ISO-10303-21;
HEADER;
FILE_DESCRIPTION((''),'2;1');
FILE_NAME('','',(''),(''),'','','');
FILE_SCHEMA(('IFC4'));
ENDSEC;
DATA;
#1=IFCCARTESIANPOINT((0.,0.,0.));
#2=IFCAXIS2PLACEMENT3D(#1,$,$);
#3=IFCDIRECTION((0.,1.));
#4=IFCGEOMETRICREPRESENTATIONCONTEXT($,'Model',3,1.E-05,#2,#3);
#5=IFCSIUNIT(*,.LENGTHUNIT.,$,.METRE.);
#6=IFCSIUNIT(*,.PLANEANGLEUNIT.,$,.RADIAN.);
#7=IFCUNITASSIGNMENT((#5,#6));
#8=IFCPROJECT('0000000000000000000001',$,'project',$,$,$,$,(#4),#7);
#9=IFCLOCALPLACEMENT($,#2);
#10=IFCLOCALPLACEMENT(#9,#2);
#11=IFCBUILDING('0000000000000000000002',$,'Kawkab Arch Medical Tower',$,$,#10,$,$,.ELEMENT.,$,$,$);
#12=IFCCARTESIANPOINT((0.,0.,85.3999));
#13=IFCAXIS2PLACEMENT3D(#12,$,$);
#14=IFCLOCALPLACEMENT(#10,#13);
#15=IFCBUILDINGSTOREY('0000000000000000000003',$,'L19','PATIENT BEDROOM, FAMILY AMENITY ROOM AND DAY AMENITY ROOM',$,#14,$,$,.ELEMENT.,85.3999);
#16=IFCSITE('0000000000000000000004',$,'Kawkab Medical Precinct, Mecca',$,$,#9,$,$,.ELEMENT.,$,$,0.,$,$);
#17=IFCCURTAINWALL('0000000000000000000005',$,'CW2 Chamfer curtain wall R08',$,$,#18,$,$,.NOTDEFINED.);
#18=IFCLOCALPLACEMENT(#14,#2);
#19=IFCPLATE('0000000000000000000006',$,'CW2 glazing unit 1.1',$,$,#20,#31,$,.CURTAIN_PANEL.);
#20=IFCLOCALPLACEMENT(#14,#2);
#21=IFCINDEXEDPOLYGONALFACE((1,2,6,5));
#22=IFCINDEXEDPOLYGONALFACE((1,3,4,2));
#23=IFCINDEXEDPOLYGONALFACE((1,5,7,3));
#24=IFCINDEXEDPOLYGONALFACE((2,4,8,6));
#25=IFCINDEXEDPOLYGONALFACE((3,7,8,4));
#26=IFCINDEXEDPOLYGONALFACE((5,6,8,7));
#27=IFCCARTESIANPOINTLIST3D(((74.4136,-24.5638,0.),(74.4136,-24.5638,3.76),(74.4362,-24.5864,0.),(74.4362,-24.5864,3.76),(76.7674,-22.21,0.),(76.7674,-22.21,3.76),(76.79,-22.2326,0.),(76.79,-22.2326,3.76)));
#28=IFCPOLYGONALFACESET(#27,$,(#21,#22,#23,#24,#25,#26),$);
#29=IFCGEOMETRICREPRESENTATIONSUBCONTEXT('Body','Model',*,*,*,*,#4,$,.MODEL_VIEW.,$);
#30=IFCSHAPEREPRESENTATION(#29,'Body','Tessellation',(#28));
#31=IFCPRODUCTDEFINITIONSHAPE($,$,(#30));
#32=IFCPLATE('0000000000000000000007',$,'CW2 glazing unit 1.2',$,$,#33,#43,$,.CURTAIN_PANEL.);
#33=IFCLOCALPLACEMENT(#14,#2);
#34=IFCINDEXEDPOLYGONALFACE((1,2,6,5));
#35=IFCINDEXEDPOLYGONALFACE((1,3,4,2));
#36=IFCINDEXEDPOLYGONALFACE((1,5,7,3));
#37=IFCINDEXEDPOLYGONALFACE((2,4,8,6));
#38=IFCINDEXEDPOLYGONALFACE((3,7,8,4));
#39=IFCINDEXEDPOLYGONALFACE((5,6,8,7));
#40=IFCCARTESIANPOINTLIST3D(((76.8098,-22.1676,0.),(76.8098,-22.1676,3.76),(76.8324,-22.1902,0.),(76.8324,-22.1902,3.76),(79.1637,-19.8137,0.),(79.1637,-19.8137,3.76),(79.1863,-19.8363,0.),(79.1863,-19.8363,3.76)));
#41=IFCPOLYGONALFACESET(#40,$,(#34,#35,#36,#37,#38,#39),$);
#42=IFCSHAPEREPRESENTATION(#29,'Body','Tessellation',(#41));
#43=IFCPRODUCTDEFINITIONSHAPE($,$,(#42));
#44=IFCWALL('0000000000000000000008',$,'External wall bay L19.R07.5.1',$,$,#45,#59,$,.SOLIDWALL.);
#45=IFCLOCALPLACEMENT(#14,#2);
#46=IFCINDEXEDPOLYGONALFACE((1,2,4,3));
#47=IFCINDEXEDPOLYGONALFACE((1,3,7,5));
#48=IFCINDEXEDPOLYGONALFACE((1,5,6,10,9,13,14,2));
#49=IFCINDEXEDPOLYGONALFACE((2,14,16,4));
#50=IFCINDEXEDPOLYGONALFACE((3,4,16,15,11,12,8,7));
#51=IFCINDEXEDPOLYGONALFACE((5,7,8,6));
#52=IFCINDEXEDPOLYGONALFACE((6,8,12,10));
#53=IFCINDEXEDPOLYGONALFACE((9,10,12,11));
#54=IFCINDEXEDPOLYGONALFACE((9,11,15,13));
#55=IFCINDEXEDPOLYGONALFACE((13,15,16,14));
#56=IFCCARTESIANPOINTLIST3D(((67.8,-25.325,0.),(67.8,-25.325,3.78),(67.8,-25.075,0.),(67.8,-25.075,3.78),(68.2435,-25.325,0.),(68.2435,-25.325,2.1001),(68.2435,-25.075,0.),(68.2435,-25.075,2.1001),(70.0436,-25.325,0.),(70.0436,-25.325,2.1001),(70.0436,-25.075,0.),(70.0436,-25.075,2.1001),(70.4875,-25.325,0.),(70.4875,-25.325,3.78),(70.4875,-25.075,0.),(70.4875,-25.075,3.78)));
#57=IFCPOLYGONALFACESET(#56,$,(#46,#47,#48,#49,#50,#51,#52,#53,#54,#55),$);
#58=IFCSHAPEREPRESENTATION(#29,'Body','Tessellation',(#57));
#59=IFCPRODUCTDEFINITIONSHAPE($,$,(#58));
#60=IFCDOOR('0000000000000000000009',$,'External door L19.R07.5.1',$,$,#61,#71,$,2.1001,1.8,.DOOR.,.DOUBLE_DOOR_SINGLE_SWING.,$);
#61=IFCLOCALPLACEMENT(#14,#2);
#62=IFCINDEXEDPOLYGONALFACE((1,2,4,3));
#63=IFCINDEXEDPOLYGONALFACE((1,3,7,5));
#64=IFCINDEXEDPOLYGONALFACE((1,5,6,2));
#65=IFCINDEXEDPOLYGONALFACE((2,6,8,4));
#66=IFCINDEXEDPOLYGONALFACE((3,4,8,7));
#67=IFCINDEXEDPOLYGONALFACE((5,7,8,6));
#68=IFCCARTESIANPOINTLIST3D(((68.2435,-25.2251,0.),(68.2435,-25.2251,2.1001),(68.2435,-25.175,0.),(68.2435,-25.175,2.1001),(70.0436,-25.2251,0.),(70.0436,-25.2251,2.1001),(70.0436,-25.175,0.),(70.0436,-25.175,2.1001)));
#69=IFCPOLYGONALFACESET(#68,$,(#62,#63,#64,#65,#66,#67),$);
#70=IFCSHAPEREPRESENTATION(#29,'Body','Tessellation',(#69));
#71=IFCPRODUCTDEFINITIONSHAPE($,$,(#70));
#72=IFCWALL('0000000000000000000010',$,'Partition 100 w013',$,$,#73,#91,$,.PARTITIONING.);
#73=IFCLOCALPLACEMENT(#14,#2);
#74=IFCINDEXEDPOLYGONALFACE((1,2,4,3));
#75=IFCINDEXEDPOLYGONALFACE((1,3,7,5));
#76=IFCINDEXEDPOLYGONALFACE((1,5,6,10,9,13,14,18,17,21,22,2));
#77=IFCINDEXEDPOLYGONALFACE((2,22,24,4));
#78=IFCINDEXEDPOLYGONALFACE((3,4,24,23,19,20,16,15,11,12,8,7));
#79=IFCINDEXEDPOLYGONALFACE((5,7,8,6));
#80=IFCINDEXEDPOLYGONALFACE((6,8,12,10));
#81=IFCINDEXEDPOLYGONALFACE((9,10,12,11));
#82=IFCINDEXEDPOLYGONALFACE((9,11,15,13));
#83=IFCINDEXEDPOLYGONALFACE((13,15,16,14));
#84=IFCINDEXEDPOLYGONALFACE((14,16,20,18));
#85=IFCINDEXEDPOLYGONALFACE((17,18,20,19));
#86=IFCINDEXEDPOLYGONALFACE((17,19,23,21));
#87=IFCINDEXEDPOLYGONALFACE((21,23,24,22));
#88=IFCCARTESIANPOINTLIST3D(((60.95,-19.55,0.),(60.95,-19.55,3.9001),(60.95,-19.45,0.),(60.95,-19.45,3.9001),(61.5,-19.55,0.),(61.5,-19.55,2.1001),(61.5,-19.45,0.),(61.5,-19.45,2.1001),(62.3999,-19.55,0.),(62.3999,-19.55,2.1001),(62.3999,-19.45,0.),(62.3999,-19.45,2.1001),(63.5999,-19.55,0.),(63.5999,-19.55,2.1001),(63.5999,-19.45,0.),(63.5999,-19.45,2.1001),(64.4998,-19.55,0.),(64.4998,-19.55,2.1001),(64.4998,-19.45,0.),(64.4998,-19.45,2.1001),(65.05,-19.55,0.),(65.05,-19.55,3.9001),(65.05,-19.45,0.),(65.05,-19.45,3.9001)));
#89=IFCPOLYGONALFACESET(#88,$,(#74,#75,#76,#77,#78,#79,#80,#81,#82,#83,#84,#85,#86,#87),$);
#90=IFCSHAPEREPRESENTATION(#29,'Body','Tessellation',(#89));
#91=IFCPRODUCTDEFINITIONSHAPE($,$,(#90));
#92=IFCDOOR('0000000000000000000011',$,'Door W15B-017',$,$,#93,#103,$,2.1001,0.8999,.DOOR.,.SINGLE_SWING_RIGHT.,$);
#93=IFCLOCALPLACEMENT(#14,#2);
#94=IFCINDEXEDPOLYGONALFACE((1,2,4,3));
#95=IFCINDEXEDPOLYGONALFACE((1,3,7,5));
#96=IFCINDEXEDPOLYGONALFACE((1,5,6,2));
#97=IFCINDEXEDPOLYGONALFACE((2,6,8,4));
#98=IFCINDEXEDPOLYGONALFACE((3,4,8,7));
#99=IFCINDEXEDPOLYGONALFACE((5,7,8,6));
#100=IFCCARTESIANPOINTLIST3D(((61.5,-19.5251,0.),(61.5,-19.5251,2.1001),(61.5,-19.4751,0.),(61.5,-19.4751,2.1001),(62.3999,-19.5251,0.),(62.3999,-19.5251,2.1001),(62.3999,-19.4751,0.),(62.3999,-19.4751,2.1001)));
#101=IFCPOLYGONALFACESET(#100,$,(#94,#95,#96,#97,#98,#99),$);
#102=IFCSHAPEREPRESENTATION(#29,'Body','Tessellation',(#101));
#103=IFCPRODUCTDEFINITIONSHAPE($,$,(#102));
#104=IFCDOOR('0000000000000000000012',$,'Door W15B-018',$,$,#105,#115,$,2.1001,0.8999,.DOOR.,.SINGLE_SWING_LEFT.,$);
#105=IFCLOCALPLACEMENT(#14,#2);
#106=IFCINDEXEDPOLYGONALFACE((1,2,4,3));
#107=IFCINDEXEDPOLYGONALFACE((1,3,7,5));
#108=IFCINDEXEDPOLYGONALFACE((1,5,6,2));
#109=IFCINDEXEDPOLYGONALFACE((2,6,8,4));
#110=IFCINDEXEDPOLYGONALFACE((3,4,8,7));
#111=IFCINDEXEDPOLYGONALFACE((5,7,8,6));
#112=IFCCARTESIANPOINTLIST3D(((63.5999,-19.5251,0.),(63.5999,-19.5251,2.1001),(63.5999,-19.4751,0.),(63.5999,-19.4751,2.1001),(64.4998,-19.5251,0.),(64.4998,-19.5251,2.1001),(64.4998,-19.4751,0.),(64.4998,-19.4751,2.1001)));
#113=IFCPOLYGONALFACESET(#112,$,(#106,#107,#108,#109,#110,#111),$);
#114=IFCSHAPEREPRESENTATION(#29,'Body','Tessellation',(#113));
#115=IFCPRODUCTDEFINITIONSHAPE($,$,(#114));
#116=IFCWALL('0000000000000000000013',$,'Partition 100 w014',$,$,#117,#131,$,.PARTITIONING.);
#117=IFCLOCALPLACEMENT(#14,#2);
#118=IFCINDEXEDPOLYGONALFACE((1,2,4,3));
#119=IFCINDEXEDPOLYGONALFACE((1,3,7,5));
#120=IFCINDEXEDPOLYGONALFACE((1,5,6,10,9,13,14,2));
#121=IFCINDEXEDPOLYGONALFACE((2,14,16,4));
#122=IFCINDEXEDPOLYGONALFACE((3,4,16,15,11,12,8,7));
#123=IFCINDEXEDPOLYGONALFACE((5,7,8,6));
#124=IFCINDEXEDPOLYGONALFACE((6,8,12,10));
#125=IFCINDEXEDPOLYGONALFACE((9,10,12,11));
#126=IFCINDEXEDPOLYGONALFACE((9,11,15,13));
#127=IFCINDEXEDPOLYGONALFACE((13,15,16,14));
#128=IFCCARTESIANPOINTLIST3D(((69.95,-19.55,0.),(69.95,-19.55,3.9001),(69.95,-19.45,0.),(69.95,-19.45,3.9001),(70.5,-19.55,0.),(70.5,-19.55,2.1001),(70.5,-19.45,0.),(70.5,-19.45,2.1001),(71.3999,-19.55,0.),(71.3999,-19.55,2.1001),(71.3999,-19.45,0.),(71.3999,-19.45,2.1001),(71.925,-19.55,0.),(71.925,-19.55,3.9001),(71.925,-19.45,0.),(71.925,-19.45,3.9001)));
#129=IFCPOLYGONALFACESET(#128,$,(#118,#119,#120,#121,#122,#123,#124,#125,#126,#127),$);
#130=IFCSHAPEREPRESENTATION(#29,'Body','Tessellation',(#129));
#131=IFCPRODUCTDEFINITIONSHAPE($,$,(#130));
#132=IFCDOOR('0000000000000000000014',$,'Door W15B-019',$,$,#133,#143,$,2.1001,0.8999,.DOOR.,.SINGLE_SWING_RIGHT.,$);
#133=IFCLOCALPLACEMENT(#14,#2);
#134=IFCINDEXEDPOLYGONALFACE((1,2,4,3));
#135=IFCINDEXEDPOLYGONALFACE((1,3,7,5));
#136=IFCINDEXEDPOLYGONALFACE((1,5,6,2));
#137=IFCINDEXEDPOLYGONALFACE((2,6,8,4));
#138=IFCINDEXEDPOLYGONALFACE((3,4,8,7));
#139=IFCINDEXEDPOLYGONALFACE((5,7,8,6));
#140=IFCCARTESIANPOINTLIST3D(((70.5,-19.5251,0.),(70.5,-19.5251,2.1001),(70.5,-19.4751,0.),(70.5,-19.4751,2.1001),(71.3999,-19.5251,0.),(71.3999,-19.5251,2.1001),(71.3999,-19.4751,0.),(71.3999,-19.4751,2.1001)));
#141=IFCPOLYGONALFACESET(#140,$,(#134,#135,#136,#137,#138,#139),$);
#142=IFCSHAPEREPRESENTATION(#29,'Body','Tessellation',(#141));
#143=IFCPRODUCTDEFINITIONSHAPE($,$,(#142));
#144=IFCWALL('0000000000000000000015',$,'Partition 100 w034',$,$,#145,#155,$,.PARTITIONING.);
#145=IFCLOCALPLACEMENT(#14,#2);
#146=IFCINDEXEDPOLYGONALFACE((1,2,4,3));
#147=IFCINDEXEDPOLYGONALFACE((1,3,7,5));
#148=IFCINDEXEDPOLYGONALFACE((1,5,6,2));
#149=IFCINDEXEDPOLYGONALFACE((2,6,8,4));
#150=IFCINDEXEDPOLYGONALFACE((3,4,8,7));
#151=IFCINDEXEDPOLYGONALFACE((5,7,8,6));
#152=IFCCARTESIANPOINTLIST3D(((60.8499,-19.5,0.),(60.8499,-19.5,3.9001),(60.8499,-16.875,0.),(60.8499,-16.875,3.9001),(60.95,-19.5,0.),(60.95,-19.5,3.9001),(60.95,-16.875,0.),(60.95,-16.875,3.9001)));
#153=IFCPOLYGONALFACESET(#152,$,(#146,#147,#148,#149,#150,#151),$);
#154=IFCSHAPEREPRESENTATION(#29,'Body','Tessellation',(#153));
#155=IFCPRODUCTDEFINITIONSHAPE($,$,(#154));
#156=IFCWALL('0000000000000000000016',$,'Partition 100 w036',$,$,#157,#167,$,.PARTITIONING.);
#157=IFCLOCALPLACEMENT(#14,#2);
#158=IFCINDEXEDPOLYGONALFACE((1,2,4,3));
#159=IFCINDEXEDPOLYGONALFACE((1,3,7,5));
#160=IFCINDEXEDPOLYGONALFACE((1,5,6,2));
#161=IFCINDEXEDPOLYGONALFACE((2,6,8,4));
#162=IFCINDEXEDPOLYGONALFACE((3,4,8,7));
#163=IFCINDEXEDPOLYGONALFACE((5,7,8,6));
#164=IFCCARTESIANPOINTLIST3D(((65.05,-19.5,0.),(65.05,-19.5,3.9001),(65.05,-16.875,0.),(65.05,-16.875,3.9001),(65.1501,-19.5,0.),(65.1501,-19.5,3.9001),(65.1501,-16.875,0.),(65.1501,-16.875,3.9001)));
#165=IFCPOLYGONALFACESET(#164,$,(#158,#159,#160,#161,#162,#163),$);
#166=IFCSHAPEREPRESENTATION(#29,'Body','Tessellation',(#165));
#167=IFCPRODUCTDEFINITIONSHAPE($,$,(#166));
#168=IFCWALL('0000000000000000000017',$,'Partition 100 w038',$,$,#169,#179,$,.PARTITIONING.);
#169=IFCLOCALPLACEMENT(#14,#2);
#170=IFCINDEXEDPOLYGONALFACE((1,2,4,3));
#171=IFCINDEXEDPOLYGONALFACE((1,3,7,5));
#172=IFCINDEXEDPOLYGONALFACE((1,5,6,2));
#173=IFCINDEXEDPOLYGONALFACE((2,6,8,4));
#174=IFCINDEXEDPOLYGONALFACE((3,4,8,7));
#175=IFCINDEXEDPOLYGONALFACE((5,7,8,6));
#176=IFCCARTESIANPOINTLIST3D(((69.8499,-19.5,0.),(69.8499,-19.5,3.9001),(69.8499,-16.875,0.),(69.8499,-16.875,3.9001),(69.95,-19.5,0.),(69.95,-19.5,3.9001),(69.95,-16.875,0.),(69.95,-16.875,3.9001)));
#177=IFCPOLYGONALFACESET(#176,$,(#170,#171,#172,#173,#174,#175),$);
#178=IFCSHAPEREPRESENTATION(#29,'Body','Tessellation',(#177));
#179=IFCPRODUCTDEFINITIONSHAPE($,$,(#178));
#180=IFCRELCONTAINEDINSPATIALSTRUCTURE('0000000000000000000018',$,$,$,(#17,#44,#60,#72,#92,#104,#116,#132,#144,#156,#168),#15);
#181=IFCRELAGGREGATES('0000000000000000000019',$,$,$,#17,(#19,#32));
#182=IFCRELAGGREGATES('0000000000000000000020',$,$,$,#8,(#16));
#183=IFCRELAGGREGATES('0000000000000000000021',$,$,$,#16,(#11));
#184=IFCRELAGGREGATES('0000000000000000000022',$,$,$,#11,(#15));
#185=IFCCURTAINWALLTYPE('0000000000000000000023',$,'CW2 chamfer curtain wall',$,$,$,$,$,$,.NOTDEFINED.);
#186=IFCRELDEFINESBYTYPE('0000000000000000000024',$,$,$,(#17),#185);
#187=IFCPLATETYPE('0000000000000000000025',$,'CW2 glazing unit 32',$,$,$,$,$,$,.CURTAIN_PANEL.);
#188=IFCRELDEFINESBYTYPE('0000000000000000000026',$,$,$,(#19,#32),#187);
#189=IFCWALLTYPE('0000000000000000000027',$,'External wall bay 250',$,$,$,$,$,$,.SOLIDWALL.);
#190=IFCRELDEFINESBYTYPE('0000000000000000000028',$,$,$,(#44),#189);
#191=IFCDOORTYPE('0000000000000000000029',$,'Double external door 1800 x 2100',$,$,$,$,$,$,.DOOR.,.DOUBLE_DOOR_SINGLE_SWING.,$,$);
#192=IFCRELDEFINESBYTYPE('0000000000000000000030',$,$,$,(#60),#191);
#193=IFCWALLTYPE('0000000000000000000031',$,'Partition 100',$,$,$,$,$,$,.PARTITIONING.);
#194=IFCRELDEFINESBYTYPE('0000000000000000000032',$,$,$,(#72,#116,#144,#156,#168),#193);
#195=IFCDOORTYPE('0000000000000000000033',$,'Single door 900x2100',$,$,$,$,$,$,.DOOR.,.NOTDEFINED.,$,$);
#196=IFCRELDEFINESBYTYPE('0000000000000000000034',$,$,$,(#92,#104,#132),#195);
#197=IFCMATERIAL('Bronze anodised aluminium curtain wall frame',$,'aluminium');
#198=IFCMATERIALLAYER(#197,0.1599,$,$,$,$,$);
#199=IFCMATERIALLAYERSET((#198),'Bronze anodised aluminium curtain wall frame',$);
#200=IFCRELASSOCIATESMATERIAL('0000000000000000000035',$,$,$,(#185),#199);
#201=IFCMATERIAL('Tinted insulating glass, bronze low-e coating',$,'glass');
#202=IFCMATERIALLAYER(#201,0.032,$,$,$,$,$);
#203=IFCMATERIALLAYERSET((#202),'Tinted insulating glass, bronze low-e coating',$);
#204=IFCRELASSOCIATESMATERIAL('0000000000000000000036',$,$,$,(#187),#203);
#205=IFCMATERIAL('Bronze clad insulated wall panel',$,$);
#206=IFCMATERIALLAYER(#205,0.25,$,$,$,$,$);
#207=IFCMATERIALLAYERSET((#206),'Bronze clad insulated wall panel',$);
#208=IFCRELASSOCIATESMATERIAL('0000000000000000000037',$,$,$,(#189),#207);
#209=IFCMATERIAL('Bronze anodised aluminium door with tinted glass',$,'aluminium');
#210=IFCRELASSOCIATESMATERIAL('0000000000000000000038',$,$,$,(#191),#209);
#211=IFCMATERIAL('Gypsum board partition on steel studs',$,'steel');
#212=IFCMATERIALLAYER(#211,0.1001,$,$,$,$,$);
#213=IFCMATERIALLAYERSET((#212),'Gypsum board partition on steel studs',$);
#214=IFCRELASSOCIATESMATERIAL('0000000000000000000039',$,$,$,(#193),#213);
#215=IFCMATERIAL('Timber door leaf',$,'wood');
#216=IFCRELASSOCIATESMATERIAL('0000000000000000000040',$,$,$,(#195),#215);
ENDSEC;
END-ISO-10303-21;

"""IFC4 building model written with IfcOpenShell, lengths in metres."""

from ifc_helpers import new_model, si_unit, direction, frame, frame_2d, origin, origin_2d, place, context, subcontext, project, spatial, rectangle, extrude, material, layer, layer_set, type_object, element, fill, aggregate, save


model = new_model("IFC4")

# Units and contexts
model_context = context("Model", 3, precision=1e-05, world=origin(), true_north=direction((0.0, 1.0)))
body_context = subcontext(model_context, "Body", "Model", "MODEL_VIEW")
ifc_project = project(units=[si_unit("LENGTHUNIT", "METRE"), si_unit("PLANEANGLEUNIT", "RADIAN")], contexts=[model_context])

# Site, building, storey
site_placement = place(None, origin())
site = spatial("IfcSite", under=ifc_project, at=site_placement, Name="Kawkab Medical Precinct, Mecca", CompositionType="ELEMENT", RefElevation=0.0)
building_placement = place(site_placement, origin())
building = spatial("IfcBuilding", under=site, at=building_placement, Name="Kawkab Arch Medical Tower", CompositionType="ELEMENT")
storey_placement = place(building_placement, frame((0.0, 0.0, 85.3999)))
storey = spatial("IfcBuildingStorey", under=building, at=storey_placement, Name="L19", Description="PATIENT BEDROOM, FAMILY AMENITY ROOM AND DAY AMENITY ROOM", CompositionType="ELEMENT", Elevation=85.3999)

# Shared definitions
placement = place(storey_placement, origin())

# Curtain wall
ifc_material_1 = material(Name="Bronze anodised aluminium curtain wall frame", Category="aluminium")
ifc_layer_1 = layer(ifc_material_1, 0.1599)
ifc_layer_set_1 = layer_set([ifc_layer_1], Name="Bronze anodised aluminium curtain wall frame")
curtain_wall_type_1 = type_object("IfcCurtainWallType", Name="CW2 chamfer curtain wall", PredefinedType="NOTDEFINED", material=ifc_layer_set_1)
curtain_wall_1 = element("IfcCurtainWall", 1, at=placement, inside=storey, type_object=curtain_wall_type_1, Name="CW2 Chamfer curtain wall R08", PredefinedType="NOTDEFINED")

# Plates
ifc_material_2 = material(Name="Tinted insulating glass, bronze low-e coating", Category="glass")
ifc_layer_2 = layer(ifc_material_2, 0.032)
ifc_layer_set_2 = layer_set([ifc_layer_2], Name="Tinted insulating glass, bronze low-e coating")
plate_type_1 = type_object("IfcPlateType", Name="CW2 glazing unit 32", PredefinedType="CURTAIN_PANEL", material=ifc_layer_set_2)
plate_1_placement = place(storey_placement, frame((75.6018, -23.3982, 0.0), z_axis=(0.0, 0.0, 1.0), x_axis=(0.707107, 0.707107, 0.0)))
plate_1 = element("IfcPlate", 2, at=plate_1_placement, type_object=plate_type_1, Name="CW2 glazing unit 1.1", PredefinedType="CURTAIN_PANEL", context=body_context, shape_type="SweptSolid", body=[
    extrude(rectangle(XDim=3.3289, YDim=0.032, at=origin_2d()), origin(), (0.0, 0.0, 1.0), 3.76),
])
plate_2_placement = place(storey_placement, frame((77.998, -21.002, 0.0), z_axis=(0.0, 0.0, 1.0), x_axis=(0.707107, 0.707107, 0.0)))
plate_2 = element("IfcPlate", 3, at=plate_2_placement, type_object=plate_type_1, Name="CW2 glazing unit 1.2", PredefinedType="CURTAIN_PANEL", context=body_context, shape_type="SweptSolid", body=[
    extrude(rectangle(XDim=3.3289, YDim=0.032, at=origin_2d()), origin(), (0.0, 0.0, 1.0), 3.76),
])
aggregate(curtain_wall_1, [plate_1, plate_2])

# Wall, opening, door
ifc_material_3 = material(Name="Bronze clad insulated wall panel")
ifc_layer_3 = layer(ifc_material_3, 0.25)
ifc_layer_set_3 = layer_set([ifc_layer_3], Name="Bronze clad insulated wall panel")
wall_type_1 = type_object("IfcWallType", Name="External wall bay 250", PredefinedType="SOLIDWALL", material=ifc_layer_set_3)
wall_1_placement = place(storey_placement, frame((67.8, -25.2, 0.0), z_axis=(0.0, 0.0, 1.0), x_axis=(1.0, 0.0, 0.0)))
wall_1 = element("IfcWall", 4, at=wall_1_placement, inside=storey, type_object=wall_type_1, Name="External wall bay L19.R07.5.1", PredefinedType="SOLIDWALL", context=body_context, shape_type="SweptSolid", body=[
    extrude(rectangle(XDim=2.6875, YDim=0.25, at=frame_2d((1.3438, 0.0))), origin(), (0.0, 0.0, 1.0), 3.78),
])
opening_1_placement = place(wall_1_placement, frame((0.4436, 0.0, 0.0)))
opening_1 = element("IfcOpeningElement", 5, at=opening_1_placement, cuts=wall_1, PredefinedType="OPENING", context=body_context, shape_type="SweptSolid", body=[
    extrude(rectangle(XDim=1.8, YDim=2.1001, at=frame_2d((0.8999, 1.05))), frame((0.0, 0.135, 0.0), z_axis=(0.0, -1.0, 0.0), x_axis=(1.0, 0.0, 0.0)), (0.0, 0.0, 1.0), 0.27),
])
ifc_material_4 = material(Name="Bronze anodised aluminium door with tinted glass", Category="aluminium")
door_type_1 = type_object("IfcDoorType", Name="Double external door 1800 x 2100", OperationType="DOUBLE_DOOR_SINGLE_SWING", PredefinedType="DOOR", material=ifc_material_4)
door_1_placement = place(opening_1_placement, origin())
door_1 = element("IfcDoor", 6, at=door_1_placement, inside=storey, type_object=door_type_1, Name="External door L19.R07.5.1", OperationType="DOUBLE_DOOR_SINGLE_SWING", OverallHeight=2.1001, OverallWidth=1.8, PredefinedType="DOOR", context=body_context, shape_type="SweptSolid", body=[
    extrude(rectangle(XDim=1.8, YDim=2.1001, at=frame_2d((0.8999, 1.05))), frame((0.0, 0.0249, 0.0), z_axis=(0.0, -1.0, 0.0), x_axis=(1.0, 0.0, 0.0)), (0.0, 0.0, 1.0), 0.05),
])
fill(opening_1, door_1)

# Wall, openings, doors
ifc_material_5 = material(Name="Gypsum board partition on steel studs", Category="steel")
ifc_layer_4 = layer(ifc_material_5, 0.1001)
ifc_layer_set_4 = layer_set([ifc_layer_4], Name="Gypsum board partition on steel studs")
wall_type_2 = type_object("IfcWallType", Name="Partition 100", PredefinedType="PARTITIONING", material=ifc_layer_set_4)
wall_2_placement = place(storey_placement, frame((60.95, -19.5, 0.0), z_axis=(0.0, 0.0, 1.0), x_axis=(1.0, 0.0, 0.0)))
wall_2 = element("IfcWall", 7, at=wall_2_placement, inside=storey, type_object=wall_type_2, Name="Partition 100 w013", PredefinedType="PARTITIONING", context=body_context, shape_type="SweptSolid", body=[
    extrude(rectangle(XDim=4.1001, YDim=0.1001, at=frame_2d((2.05, 0.0))), origin(), (0.0, 0.0, 1.0), 3.9001),
])
opening_2_placement = place(wall_2_placement, frame((0.55, 0.0, 0.0)))
opening_2 = element("IfcOpeningElement", 8, at=opening_2_placement, cuts=wall_2, PredefinedType="OPENING", context=body_context, shape_type="SweptSolid", body=[
    extrude(rectangle(XDim=0.8999, YDim=2.1001, at=frame_2d((0.45, 1.05))), frame((0.0, 0.0601, 0.0), z_axis=(0.0, -1.0, 0.0), x_axis=(1.0, 0.0, 0.0)), (0.0, 0.0, 1.0), 0.1201),
])
opening_3_placement = place(wall_2_placement, frame((2.6499, 0.0, 0.0)))
opening_3 = element("IfcOpeningElement", 9, at=opening_3_placement, cuts=wall_2, PredefinedType="OPENING", context=body_context, shape_type="SweptSolid", body=[
    extrude(rectangle(XDim=0.8999, YDim=2.1001, at=frame_2d((0.45, 1.05))), frame((0.0, 0.0601, 0.0), z_axis=(0.0, -1.0, 0.0), x_axis=(1.0, 0.0, 0.0)), (0.0, 0.0, 1.0), 0.1201),
])
ifc_material_6 = material(Name="Timber door leaf", Category="wood")
door_type_2 = type_object("IfcDoorType", Name="Single door 900x2100", OperationType="NOTDEFINED", PredefinedType="DOOR", material=ifc_material_6)
door_2_placement = place(opening_2_placement, origin())
door_2 = element("IfcDoor", 10, at=door_2_placement, inside=storey, type_object=door_type_2, Name="Door W15B-017", OperationType="SINGLE_SWING_RIGHT", OverallHeight=2.1001, OverallWidth=0.8999, PredefinedType="DOOR", context=body_context, shape_type="SweptSolid", body=[
    extrude(rectangle(XDim=0.8999, YDim=2.1001, at=frame_2d((0.45, 1.05))), frame((0.0, 0.0249, 0.0), z_axis=(0.0, -1.0, 0.0), x_axis=(1.0, 0.0, 0.0)), (0.0, 0.0, 1.0), 0.05),
])
fill(opening_2, door_2)
door_3_placement = place(opening_3_placement, origin())
door_3 = element("IfcDoor", 11, at=door_3_placement, inside=storey, type_object=door_type_2, Name="Door W15B-018", OperationType="SINGLE_SWING_LEFT", OverallHeight=2.1001, OverallWidth=0.8999, PredefinedType="DOOR", context=body_context, shape_type="SweptSolid", body=[
    extrude(rectangle(XDim=0.8999, YDim=2.1001, at=frame_2d((0.45, 1.05))), frame((0.0, 0.0249, 0.0), z_axis=(0.0, -1.0, 0.0), x_axis=(1.0, 0.0, 0.0)), (0.0, 0.0, 1.0), 0.05),
])
fill(opening_3, door_3)

# Wall, opening, door
wall_3_placement = place(storey_placement, frame((69.95, -19.5, 0.0), z_axis=(0.0, 0.0, 1.0), x_axis=(1.0, 0.0, 0.0)))
wall_3 = element("IfcWall", 12, at=wall_3_placement, inside=storey, type_object=wall_type_2, Name="Partition 100 w014", PredefinedType="PARTITIONING", context=body_context, shape_type="SweptSolid", body=[
    extrude(rectangle(XDim=1.9751, YDim=0.1001, at=frame_2d((0.9875, 0.0))), origin(), (0.0, 0.0, 1.0), 3.9001),
])
opening_4_placement = place(wall_3_placement, frame((0.55, 0.0, 0.0)))
opening_4 = element("IfcOpeningElement", 13, at=opening_4_placement, cuts=wall_3, PredefinedType="OPENING", context=body_context, shape_type="SweptSolid", body=[
    extrude(rectangle(XDim=0.8999, YDim=2.1001, at=frame_2d((0.45, 1.05))), frame((0.0, 0.0601, 0.0), z_axis=(0.0, -1.0, 0.0), x_axis=(1.0, 0.0, 0.0)), (0.0, 0.0, 1.0), 0.1201),
])
door_4_placement = place(opening_4_placement, origin())
door_4 = element("IfcDoor", 14, at=door_4_placement, inside=storey, type_object=door_type_2, Name="Door W15B-019", OperationType="SINGLE_SWING_RIGHT", OverallHeight=2.1001, OverallWidth=0.8999, PredefinedType="DOOR", context=body_context, shape_type="SweptSolid", body=[
    extrude(rectangle(XDim=0.8999, YDim=2.1001, at=frame_2d((0.45, 1.05))), frame((0.0, 0.0249, 0.0), z_axis=(0.0, -1.0, 0.0), x_axis=(1.0, 0.0, 0.0)), (0.0, 0.0, 1.0), 0.05),
])
fill(opening_4, door_4)

# Walls
for number, where, z_axis, x_axis, name in (
    (15, (60.8999, -19.5, 0.0), (0.0, 0.0, 1.0), (0.0, 1.0, 0.0), "Partition 100 w034"),
    (16, (65.1001, -19.5, 0.0), (0.0, 0.0, 1.0), (0.0, 1.0, 0.0), "Partition 100 w036"),
    (17, (69.8999, -19.5, 0.0), (0.0, 0.0, 1.0), (0.0, 1.0, 0.0), "Partition 100 w038"),
):
    element("IfcWall", number, at=place(storey_placement, frame(where, z_axis=z_axis, x_axis=x_axis)), inside=storey, type_object=wall_type_2, Name=name, PredefinedType="PARTITIONING", context=body_context, shape_type="SweptSolid", body=[
        extrude(rectangle(XDim=2.625, YDim=0.1001, at=frame_2d((1.3125, 0.0))), origin(), (0.0, 0.0, 1.0), 3.9001),
    ])

save(model, "model.ifc")
